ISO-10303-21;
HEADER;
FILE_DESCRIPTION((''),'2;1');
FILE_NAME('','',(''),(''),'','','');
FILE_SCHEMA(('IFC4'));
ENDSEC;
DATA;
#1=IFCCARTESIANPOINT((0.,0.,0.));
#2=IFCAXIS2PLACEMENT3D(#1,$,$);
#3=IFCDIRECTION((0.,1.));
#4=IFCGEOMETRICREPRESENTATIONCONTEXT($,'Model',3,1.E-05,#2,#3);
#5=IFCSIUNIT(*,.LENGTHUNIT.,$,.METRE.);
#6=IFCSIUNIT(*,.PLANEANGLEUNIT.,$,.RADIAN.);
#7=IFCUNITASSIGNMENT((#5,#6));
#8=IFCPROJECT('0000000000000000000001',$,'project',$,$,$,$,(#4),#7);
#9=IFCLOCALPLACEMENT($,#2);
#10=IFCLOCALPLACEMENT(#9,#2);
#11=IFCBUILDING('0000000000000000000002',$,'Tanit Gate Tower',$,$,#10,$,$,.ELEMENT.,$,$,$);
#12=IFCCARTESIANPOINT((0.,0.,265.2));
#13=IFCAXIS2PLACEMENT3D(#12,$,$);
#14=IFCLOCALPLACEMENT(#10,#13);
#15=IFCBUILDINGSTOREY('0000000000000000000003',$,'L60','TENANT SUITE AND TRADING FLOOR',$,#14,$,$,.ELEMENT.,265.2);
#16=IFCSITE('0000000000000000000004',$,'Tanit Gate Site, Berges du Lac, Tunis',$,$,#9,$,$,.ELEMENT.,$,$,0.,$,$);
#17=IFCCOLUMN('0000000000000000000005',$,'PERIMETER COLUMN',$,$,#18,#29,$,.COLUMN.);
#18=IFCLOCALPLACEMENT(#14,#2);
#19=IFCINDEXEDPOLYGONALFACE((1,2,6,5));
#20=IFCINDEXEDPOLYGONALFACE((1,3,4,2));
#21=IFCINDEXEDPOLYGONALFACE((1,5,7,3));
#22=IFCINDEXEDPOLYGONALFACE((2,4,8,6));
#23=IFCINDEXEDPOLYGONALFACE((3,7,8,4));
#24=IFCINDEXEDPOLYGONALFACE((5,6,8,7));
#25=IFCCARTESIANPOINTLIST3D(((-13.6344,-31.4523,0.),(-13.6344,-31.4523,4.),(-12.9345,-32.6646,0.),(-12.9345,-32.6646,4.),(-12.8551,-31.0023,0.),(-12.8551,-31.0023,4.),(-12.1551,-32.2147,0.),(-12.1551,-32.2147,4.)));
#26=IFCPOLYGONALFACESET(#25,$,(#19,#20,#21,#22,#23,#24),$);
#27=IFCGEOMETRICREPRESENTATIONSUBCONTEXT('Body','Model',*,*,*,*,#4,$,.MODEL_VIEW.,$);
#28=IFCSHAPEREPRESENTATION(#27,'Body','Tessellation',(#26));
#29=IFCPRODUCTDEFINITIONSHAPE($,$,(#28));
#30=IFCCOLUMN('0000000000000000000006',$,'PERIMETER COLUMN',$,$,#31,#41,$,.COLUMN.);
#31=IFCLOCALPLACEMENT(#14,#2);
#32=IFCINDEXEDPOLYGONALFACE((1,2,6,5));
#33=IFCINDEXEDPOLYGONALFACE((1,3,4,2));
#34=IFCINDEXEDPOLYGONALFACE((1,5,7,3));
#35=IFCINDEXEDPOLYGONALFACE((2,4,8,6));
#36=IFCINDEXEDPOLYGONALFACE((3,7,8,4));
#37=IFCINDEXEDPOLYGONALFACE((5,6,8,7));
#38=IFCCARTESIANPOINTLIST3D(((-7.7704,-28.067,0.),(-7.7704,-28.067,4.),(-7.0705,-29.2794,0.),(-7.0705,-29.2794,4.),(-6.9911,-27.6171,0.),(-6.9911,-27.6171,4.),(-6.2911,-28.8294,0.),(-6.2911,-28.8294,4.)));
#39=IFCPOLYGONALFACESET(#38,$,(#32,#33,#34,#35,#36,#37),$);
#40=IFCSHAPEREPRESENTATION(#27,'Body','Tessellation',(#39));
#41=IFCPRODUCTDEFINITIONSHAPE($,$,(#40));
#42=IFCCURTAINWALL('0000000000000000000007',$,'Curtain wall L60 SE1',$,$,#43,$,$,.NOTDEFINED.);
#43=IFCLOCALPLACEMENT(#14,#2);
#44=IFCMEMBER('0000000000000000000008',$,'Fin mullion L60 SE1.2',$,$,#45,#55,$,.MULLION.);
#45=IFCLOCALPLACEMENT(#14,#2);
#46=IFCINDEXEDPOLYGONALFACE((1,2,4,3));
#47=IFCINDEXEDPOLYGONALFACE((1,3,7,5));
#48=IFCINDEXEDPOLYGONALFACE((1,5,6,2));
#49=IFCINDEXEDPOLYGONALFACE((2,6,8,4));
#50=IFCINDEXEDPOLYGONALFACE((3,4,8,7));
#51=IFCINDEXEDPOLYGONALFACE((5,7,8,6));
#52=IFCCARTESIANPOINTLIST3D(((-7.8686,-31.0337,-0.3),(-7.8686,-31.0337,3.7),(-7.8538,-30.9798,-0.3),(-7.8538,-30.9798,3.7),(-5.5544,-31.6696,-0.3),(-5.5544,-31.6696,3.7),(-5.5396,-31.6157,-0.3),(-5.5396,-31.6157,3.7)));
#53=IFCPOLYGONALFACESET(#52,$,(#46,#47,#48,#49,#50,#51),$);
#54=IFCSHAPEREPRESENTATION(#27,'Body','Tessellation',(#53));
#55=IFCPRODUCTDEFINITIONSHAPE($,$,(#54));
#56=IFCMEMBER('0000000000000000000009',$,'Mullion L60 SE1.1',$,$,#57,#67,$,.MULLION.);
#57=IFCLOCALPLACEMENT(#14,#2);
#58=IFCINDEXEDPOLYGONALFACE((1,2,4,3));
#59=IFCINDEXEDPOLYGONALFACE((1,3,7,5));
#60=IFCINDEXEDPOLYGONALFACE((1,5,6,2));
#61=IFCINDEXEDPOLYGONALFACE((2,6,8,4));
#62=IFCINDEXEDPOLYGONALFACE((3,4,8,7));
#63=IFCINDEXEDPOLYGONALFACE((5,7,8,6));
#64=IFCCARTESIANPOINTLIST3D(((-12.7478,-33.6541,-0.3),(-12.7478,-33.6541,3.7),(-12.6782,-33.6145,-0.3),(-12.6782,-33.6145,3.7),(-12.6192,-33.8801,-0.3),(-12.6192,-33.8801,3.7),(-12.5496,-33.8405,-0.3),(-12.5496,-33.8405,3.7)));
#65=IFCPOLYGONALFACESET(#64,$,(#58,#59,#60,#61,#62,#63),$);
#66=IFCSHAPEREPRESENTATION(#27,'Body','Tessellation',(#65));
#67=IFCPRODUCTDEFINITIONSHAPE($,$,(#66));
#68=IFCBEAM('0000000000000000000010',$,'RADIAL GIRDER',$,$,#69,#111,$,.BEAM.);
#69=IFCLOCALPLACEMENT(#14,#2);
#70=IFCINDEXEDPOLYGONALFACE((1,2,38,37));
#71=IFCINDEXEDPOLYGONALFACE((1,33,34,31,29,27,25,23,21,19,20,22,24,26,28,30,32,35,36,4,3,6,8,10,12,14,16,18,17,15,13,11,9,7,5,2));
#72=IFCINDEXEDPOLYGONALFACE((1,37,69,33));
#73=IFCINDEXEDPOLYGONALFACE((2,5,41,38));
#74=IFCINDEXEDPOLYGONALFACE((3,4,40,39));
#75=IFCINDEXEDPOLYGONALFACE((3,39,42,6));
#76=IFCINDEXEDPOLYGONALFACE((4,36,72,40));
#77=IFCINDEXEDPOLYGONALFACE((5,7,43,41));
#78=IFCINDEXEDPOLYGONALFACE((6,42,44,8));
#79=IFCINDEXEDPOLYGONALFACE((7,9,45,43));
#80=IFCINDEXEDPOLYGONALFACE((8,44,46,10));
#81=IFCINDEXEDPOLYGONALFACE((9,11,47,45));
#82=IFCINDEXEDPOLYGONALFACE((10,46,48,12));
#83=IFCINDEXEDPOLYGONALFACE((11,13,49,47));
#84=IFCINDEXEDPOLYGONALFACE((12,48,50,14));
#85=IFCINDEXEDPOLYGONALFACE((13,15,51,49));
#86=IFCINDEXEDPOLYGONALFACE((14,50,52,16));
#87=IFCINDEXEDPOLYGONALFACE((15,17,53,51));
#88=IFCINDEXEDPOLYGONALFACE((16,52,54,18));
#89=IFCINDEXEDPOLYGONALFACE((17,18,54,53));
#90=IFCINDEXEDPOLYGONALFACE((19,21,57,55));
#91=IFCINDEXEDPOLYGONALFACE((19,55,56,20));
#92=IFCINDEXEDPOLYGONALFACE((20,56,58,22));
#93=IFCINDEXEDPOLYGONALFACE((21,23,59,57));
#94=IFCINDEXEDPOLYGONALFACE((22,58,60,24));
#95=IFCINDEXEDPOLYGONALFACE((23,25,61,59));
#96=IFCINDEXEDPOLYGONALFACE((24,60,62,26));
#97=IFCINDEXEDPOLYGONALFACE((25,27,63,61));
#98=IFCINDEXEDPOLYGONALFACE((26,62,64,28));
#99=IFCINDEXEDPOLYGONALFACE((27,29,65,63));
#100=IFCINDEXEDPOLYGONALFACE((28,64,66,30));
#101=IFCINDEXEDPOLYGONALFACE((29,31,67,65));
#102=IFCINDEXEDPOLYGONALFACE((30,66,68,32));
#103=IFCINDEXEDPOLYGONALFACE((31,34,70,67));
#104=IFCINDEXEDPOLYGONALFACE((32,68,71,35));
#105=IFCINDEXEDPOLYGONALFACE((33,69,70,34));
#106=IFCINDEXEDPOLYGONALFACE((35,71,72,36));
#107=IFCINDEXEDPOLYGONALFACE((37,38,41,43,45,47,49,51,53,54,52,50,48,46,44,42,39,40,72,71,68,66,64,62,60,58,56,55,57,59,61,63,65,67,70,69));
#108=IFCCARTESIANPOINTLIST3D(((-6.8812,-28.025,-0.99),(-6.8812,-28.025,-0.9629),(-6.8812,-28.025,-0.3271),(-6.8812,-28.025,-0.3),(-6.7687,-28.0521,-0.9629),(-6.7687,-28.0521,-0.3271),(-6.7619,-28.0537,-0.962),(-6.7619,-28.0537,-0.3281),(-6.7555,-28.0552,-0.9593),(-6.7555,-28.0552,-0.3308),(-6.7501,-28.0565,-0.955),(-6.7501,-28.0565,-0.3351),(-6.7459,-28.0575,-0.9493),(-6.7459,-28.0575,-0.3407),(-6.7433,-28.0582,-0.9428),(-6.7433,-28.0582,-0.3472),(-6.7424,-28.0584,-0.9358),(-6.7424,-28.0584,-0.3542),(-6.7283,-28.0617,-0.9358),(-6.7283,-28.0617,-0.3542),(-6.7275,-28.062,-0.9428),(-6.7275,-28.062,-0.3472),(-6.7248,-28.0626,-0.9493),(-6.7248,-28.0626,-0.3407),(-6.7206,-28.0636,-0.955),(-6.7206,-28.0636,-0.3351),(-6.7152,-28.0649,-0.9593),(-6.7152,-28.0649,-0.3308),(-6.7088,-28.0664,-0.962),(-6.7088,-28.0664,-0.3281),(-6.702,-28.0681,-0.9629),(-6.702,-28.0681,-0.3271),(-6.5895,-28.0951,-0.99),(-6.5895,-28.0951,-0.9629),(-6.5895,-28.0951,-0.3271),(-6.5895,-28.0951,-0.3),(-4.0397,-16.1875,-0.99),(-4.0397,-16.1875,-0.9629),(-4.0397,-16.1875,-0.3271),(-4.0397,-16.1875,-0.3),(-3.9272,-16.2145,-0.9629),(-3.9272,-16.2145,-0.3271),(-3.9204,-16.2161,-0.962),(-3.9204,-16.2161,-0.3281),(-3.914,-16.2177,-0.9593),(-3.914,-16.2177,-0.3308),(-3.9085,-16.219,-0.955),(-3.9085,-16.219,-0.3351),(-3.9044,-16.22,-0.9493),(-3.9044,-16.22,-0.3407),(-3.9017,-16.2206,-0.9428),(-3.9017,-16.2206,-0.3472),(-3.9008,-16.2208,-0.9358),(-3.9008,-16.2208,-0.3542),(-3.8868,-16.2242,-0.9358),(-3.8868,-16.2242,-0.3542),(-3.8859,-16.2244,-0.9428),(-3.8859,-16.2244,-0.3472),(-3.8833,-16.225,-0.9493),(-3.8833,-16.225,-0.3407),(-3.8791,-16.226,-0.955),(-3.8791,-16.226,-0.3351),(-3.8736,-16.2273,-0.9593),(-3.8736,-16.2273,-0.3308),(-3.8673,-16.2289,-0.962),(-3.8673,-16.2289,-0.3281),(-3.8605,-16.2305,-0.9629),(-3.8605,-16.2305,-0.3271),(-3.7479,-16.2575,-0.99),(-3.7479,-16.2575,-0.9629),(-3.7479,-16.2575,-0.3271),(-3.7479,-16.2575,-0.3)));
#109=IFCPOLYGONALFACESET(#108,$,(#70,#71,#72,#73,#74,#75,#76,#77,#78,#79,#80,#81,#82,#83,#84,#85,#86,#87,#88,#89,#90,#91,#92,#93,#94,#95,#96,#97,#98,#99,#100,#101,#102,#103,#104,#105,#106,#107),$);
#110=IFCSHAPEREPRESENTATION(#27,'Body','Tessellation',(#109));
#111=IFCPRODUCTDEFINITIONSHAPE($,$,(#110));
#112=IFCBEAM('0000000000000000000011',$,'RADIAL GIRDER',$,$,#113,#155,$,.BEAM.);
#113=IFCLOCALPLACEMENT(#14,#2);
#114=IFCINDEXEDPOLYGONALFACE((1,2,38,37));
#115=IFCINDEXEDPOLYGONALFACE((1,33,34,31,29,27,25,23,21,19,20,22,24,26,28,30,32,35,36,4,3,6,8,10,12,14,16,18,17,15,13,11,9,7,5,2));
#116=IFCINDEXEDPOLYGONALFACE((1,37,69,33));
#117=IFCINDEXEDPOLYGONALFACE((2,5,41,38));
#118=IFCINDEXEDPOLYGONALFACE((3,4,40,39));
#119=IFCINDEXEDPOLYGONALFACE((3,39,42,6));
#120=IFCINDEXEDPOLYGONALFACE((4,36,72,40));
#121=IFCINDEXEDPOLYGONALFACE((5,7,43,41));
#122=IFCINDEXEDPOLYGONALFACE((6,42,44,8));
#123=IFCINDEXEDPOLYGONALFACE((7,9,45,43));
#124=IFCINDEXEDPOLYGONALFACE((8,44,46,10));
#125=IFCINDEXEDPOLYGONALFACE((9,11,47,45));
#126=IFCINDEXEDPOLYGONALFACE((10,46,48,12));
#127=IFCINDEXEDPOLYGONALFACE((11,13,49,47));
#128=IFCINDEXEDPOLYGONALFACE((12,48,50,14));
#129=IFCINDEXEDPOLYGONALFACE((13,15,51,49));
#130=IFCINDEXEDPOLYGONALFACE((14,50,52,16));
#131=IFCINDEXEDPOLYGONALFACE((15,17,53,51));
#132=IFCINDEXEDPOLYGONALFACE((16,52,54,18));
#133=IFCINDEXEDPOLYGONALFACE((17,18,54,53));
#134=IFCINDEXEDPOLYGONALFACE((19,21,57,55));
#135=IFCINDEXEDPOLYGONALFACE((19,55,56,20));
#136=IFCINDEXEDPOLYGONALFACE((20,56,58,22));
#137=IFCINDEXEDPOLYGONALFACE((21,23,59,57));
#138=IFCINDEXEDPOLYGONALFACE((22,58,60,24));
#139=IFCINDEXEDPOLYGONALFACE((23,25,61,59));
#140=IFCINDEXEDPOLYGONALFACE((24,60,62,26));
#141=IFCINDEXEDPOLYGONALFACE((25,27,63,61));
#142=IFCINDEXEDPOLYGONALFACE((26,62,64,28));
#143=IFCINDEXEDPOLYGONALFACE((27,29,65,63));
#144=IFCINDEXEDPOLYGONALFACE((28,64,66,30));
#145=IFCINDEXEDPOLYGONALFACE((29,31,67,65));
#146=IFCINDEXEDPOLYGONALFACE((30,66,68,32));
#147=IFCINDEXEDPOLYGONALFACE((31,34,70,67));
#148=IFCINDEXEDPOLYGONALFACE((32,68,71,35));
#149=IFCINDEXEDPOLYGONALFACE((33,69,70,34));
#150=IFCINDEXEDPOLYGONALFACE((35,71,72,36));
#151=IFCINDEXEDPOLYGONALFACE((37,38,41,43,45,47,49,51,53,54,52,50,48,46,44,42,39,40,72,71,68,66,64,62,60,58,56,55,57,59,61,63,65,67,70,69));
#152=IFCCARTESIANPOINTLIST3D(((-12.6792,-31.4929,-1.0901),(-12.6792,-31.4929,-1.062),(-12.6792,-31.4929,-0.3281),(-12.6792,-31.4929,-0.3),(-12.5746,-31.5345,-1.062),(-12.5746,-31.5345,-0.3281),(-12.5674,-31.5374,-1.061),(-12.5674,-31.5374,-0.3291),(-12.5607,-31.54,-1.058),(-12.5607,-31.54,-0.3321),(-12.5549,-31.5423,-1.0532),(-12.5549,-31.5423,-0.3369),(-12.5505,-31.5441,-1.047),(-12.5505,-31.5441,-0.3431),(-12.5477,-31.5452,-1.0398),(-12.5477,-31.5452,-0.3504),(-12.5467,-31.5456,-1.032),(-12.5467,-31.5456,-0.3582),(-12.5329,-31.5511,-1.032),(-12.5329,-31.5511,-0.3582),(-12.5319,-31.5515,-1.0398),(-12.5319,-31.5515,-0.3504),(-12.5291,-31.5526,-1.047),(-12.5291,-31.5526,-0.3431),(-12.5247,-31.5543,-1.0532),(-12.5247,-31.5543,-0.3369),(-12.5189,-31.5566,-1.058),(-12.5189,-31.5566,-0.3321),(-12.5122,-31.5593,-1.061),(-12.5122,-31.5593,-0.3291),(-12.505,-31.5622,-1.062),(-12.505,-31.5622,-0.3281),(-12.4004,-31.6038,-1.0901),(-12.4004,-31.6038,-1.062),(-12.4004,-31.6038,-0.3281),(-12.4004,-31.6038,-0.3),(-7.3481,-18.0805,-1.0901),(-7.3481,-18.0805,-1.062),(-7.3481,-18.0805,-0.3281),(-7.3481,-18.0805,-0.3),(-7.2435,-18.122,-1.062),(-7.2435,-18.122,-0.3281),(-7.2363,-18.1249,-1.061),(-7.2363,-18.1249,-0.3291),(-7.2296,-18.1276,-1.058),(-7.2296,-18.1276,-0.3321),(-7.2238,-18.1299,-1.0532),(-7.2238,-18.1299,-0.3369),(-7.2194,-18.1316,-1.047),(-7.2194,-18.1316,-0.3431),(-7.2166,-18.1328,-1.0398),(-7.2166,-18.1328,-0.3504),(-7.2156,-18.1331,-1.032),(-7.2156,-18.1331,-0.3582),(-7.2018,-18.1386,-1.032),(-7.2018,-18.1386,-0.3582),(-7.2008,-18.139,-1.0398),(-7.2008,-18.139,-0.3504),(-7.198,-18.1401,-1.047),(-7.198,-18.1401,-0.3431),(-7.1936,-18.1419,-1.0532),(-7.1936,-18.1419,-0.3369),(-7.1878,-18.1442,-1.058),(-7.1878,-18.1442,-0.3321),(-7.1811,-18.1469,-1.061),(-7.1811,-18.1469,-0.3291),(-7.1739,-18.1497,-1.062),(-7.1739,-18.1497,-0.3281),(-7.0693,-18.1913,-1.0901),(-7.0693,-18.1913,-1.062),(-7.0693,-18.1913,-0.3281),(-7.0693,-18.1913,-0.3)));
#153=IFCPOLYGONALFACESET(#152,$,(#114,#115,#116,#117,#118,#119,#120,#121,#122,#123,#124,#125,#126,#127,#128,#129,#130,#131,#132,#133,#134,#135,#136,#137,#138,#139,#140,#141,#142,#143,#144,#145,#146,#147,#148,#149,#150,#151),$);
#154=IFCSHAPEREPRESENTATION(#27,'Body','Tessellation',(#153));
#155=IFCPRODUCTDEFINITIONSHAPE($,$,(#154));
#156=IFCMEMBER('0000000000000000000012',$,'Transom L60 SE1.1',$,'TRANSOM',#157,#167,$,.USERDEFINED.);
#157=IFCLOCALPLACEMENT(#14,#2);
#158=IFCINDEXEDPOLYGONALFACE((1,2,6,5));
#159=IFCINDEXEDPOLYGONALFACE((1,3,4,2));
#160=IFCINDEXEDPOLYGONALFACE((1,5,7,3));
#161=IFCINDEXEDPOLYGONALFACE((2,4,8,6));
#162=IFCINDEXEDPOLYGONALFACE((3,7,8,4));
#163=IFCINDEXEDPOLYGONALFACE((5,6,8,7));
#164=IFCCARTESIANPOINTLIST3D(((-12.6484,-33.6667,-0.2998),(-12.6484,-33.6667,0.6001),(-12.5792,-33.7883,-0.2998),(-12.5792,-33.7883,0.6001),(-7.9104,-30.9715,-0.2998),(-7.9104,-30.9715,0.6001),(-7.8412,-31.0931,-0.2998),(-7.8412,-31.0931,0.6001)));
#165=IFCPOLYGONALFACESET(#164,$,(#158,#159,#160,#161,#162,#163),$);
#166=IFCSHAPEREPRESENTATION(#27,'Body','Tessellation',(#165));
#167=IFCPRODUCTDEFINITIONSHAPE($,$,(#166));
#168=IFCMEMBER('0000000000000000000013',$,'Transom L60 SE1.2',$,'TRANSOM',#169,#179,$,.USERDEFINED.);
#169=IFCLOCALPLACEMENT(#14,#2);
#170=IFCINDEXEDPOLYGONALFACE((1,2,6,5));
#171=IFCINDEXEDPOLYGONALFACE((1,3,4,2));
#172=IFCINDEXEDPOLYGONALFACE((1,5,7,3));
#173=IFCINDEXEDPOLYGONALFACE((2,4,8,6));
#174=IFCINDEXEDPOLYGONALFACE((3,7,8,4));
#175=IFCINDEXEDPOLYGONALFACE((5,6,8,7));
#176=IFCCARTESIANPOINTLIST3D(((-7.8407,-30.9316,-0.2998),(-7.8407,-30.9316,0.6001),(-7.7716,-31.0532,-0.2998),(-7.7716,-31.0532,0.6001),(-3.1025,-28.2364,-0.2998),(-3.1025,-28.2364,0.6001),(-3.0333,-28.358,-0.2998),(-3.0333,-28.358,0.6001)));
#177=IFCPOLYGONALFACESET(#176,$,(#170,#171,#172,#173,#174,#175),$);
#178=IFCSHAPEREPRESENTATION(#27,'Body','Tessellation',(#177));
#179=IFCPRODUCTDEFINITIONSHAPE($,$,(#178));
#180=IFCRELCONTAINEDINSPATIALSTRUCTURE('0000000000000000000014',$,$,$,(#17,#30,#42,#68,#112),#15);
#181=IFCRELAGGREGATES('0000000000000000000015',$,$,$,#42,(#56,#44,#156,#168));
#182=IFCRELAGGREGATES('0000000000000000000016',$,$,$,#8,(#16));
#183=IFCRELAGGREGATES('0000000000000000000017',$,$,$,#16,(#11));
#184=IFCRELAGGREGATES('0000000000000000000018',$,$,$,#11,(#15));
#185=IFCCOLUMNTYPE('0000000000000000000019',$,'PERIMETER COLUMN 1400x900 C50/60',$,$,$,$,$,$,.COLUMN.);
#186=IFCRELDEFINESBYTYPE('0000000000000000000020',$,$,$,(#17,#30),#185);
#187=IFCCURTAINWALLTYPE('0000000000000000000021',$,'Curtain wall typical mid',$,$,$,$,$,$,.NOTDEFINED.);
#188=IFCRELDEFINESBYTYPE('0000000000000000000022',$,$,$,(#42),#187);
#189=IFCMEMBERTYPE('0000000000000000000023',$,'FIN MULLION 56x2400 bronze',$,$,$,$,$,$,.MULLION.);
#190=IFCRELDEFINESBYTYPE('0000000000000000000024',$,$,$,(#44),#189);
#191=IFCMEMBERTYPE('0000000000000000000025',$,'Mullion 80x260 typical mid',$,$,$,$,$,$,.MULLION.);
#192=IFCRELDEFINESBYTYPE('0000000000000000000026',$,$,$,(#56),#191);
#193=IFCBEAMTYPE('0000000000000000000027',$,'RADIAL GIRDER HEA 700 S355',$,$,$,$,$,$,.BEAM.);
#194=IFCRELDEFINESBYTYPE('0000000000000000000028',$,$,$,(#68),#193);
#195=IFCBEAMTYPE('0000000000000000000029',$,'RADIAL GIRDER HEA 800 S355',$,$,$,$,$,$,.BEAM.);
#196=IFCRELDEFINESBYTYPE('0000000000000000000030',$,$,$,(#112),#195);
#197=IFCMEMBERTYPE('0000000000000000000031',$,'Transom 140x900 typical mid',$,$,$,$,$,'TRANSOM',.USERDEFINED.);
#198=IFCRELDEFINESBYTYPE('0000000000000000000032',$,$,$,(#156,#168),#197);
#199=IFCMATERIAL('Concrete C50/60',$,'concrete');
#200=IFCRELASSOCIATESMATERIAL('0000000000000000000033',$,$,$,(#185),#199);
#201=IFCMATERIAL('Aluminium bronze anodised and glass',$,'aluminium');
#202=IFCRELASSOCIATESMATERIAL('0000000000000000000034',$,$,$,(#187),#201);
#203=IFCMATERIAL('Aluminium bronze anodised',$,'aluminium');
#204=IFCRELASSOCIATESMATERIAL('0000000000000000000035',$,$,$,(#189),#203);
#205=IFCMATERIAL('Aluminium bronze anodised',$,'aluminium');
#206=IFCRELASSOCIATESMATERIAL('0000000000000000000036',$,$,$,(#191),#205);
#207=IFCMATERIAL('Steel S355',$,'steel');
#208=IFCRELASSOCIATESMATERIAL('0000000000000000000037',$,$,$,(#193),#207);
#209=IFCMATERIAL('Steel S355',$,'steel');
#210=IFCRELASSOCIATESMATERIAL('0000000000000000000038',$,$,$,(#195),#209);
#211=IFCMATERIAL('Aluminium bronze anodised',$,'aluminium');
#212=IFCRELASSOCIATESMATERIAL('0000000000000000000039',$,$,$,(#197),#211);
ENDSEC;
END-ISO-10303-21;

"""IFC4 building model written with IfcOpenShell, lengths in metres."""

from ifc_helpers import new_model, si_unit, direction, frame, origin, origin_2d, place, context, subcontext, project, spatial, rectangle, i_section, extrude, material, material_profile, profile_set, type_object, element, aggregate, save


model = new_model("IFC4")

# Units and contexts
model_context = context("Model", 3, precision=1e-05, world=origin(), true_north=direction((0.0, 1.0)))
body_context = subcontext(model_context, "Body", "Model", "MODEL_VIEW")
ifc_project = project(units=[si_unit("LENGTHUNIT", "METRE"), si_unit("PLANEANGLEUNIT", "RADIAN")], contexts=[model_context])

# Site, building, storey
site_placement = place(None, origin())
site = spatial("IfcSite", under=ifc_project, at=site_placement, Name="Tanit Gate Site, Berges du Lac, Tunis", CompositionType="ELEMENT", RefElevation=0.0)
building_placement = place(site_placement, origin())
building = spatial("IfcBuilding", under=site, at=building_placement, Name="Tanit Gate Tower", CompositionType="ELEMENT")
storey_placement = place(building_placement, frame((0.0, 0.0, 265.2)))
storey = spatial("IfcBuildingStorey", under=building, at=storey_placement, Name="L60", Description="TENANT SUITE AND TRADING FLOOR", CompositionType="ELEMENT", Elevation=265.2)

# Columns
ifc_material_1 = material(Name="Concrete C50/60", Category="concrete")
ifc_material_profile_1 = material_profile(ifc_material_1, rectangle(XDim=1.3999, YDim=0.8999, at=origin_2d()), Name="RC 1400x900")
ifc_profile_set_1 = profile_set([ifc_material_profile_1], Name="Concrete C50/60")
column_type = type_object("IfcColumnType", Name="PERIMETER COLUMN 1400x900 C50/60", PredefinedType="COLUMN", material=ifc_profile_set_1)
for number, where, z_axis, x_axis, name in (
    (1, (-12.8948, -31.8335, 0.0), (0.0, 0.0, 1.0), (0.5, -0.866025, 0.0), "PERIMETER COLUMN"),
    (2, (-7.0308, -28.4482, 0.0), (0.0, 0.0, 1.0), (0.5, -0.866025, 0.0), "PERIMETER COLUMN"),
):
    element("IfcColumn", number, at=place(storey_placement, frame(where, z_axis=z_axis, x_axis=x_axis)), inside=storey, type_object=column_type, Name=name, PredefinedType="COLUMN", context=body_context, shape_type="SweptSolid", body=[
        extrude(rectangle(XDim=1.3999, YDim=0.8999, at=origin_2d()), origin(), (0.0, 0.0, 1.0), 4.0),
    ])

# Curtain wall, members
ifc_material_2 = material(Name="Aluminium bronze anodised and glass", Category="aluminium")
curtain_wall_type = type_object("IfcCurtainWallType", Name="Curtain wall typical mid", PredefinedType="NOTDEFINED", material=ifc_material_2)
curtain_wall_placement = place(storey_placement, origin())
curtain_wall = element("IfcCurtainWall", 3, at=curtain_wall_placement, inside=storey, type_object=curtain_wall_type, Name="Curtain wall L60 SE1", PredefinedType="NOTDEFINED")
ifc_material_3 = material(Name="Aluminium bronze anodised", Category="aluminium")
ifc_material_profile_2 = material_profile(ifc_material_3, rectangle(XDim=2.3999, YDim=0.0559, at=origin_2d()), Name="56x2400 bronze fin mullion")
ifc_profile_set_2 = profile_set([ifc_material_profile_2], Name="Aluminium bronze anodised")
member_type_1 = type_object("IfcMemberType", Name="FIN MULLION 56x2400 bronze", PredefinedType="MULLION", material=ifc_profile_set_2)
member_1_placement = place(storey_placement, frame((-6.7041, -31.3247, -0.3), z_axis=(0.0, 0.0, 1.0), x_axis=(-0.964257, 0.26497, 0.0)))
member_1 = element("IfcMember", 4, at=member_1_placement, type_object=member_type_1, Name="Fin mullion L60 SE1.2", PredefinedType="MULLION", context=body_context, shape_type="SweptSolid", body=[
    extrude(rectangle(XDim=2.3999, YDim=0.0559, at=origin_2d()), origin(), (0.0, 0.0, 1.0), 4.0),
])
ifc_material_4 = material(Name="Aluminium bronze anodised", Category="aluminium")
ifc_material_profile_3 = material_profile(ifc_material_4, rectangle(XDim=0.26, YDim=0.0801, at=origin_2d()), Name="80x260 bronze mullion")
ifc_profile_set_3 = profile_set([ifc_material_profile_3], Name="Aluminium bronze anodised")
member_type_2 = type_object("IfcMemberType", Name="Mullion 80x260 typical mid", PredefinedType="MULLION", material=ifc_profile_set_3)
member_2_placement = place(storey_placement, frame((-12.6487, -33.7473, -0.3), z_axis=(0.0, 0.0, 1.0), x_axis=(-0.49447, 0.869195, 0.0)))
member_2 = element("IfcMember", 5, at=member_2_placement, type_object=member_type_2, Name="Mullion L60 SE1.1", PredefinedType="MULLION", context=body_context, shape_type="SweptSolid", body=[
    extrude(rectangle(XDim=0.26, YDim=0.0801, at=origin_2d()), origin(), (0.0, 0.0, 1.0), 4.0),
])

# Beams
ifc_material_5 = material(Name="Steel S355", Category="steel")
ifc_material_profile_4 = material_profile(ifc_material_5, i_section(OverallWidth=0.3, OverallDepth=0.6899, WebThickness=0.0144, FlangeThickness=0.0271, FilletRadius=0.0271, at=origin_2d()), Name="HEA 700")
ifc_profile_set_4 = profile_set([ifc_material_profile_4], Name="Steel S355")
beam_type_1 = type_object("IfcBeamType", Name="RADIAL GIRDER HEA 700 S355", PredefinedType="BEAM", material=ifc_profile_set_4)
beam_1_placement = place(storey_placement, frame((-6.7354, -28.0601, -0.645), z_axis=(0.233413, 0.972378, 0.0), x_axis=(-0.972378, 0.233413, 0.0)))
element("IfcBeam", 6, at=beam_1_placement, inside=storey, type_object=beam_type_1, Name="RADIAL GIRDER", PredefinedType="BEAM", context=body_context, shape_type="SweptSolid", body=[
    extrude(i_section(OverallWidth=0.3, OverallDepth=0.6899, WebThickness=0.0144, FlangeThickness=0.0271, FilletRadius=0.0271, at=origin_2d()), origin(), (0.0, 0.0, 1.0), 12.1738),
])
ifc_material_6 = material(Name="Steel S355", Category="steel")
ifc_material_profile_5 = material_profile(ifc_material_6, i_section(OverallWidth=0.3, OverallDepth=0.79, WebThickness=0.0149, FlangeThickness=0.0281, FilletRadius=0.03, at=origin_2d()), Name="HEA 800")
ifc_profile_set_5 = profile_set([ifc_material_profile_5], Name="Steel S355")
beam_type_2 = type_object("IfcBeamType", Name="RADIAL GIRDER HEA 800 S355", PredefinedType="BEAM", material=ifc_profile_set_5)
beam_2_placement = place(storey_placement, frame((-12.5398, -31.5483, -0.6951), z_axis=(0.369366, 0.929284, 0.0), x_axis=(-0.929284, 0.369366, 0.0)))
element("IfcBeam", 7, at=beam_2_placement, inside=storey, type_object=beam_type_2, Name="RADIAL GIRDER", PredefinedType="BEAM", context=body_context, shape_type="SweptSolid", body=[
    extrude(i_section(OverallWidth=0.3, OverallDepth=0.79, WebThickness=0.0149, FlangeThickness=0.0281, FilletRadius=0.03, at=origin_2d()), origin(), (0.0, 0.0, 1.0), 14.4331),
])

# Members
ifc_material_7 = material(Name="Aluminium bronze anodised", Category="aluminium")
ifc_material_profile_6 = material_profile(ifc_material_7, rectangle(XDim=0.1399, YDim=0.8999, at=origin_2d()), Name="140x900 bronze transom")
ifc_profile_set_6 = profile_set([ifc_material_profile_6], Name="Aluminium bronze anodised")
member_type_3 = type_object("IfcMemberType", Name="Transom 140x900 typical mid", ElementType="TRANSOM", PredefinedType="USERDEFINED", material=ifc_profile_set_6)
member_3_placement = place(storey_placement, frame((-12.6138, -33.7275, 0.1501), z_axis=(0.869201, 0.494459, 0.0), x_axis=(-0.494459, 0.869201, 0.0)))
member_3 = element("IfcMember", 8, at=member_3_placement, type_object=member_type_3, Name="Transom L60 SE1.1", ObjectType="TRANSOM", PredefinedType="USERDEFINED", context=body_context, shape_type="SweptSolid", body=[
    extrude(rectangle(XDim=0.1399, YDim=0.8999, at=origin_2d()), origin(), (0.0, 0.0, 1.0), 5.4509),
])
member_4_placement = place(storey_placement, frame((-7.8062, -30.9924, 0.1501), z_axis=(0.869212, 0.49444, 0.0), x_axis=(-0.49444, 0.869212, 0.0)))
member_4 = element("IfcMember", 9, at=member_4_placement, type_object=member_type_3, Name="Transom L60 SE1.2", ObjectType="TRANSOM", PredefinedType="USERDEFINED", context=body_context, shape_type="SweptSolid", body=[
    extrude(rectangle(XDim=0.1399, YDim=0.8999, at=origin_2d()), origin(), (0.0, 0.0, 1.0), 5.4512),
])

aggregate(curtain_wall, [member_2, member_1, member_3, member_4])

save(model, "model.ifc")
